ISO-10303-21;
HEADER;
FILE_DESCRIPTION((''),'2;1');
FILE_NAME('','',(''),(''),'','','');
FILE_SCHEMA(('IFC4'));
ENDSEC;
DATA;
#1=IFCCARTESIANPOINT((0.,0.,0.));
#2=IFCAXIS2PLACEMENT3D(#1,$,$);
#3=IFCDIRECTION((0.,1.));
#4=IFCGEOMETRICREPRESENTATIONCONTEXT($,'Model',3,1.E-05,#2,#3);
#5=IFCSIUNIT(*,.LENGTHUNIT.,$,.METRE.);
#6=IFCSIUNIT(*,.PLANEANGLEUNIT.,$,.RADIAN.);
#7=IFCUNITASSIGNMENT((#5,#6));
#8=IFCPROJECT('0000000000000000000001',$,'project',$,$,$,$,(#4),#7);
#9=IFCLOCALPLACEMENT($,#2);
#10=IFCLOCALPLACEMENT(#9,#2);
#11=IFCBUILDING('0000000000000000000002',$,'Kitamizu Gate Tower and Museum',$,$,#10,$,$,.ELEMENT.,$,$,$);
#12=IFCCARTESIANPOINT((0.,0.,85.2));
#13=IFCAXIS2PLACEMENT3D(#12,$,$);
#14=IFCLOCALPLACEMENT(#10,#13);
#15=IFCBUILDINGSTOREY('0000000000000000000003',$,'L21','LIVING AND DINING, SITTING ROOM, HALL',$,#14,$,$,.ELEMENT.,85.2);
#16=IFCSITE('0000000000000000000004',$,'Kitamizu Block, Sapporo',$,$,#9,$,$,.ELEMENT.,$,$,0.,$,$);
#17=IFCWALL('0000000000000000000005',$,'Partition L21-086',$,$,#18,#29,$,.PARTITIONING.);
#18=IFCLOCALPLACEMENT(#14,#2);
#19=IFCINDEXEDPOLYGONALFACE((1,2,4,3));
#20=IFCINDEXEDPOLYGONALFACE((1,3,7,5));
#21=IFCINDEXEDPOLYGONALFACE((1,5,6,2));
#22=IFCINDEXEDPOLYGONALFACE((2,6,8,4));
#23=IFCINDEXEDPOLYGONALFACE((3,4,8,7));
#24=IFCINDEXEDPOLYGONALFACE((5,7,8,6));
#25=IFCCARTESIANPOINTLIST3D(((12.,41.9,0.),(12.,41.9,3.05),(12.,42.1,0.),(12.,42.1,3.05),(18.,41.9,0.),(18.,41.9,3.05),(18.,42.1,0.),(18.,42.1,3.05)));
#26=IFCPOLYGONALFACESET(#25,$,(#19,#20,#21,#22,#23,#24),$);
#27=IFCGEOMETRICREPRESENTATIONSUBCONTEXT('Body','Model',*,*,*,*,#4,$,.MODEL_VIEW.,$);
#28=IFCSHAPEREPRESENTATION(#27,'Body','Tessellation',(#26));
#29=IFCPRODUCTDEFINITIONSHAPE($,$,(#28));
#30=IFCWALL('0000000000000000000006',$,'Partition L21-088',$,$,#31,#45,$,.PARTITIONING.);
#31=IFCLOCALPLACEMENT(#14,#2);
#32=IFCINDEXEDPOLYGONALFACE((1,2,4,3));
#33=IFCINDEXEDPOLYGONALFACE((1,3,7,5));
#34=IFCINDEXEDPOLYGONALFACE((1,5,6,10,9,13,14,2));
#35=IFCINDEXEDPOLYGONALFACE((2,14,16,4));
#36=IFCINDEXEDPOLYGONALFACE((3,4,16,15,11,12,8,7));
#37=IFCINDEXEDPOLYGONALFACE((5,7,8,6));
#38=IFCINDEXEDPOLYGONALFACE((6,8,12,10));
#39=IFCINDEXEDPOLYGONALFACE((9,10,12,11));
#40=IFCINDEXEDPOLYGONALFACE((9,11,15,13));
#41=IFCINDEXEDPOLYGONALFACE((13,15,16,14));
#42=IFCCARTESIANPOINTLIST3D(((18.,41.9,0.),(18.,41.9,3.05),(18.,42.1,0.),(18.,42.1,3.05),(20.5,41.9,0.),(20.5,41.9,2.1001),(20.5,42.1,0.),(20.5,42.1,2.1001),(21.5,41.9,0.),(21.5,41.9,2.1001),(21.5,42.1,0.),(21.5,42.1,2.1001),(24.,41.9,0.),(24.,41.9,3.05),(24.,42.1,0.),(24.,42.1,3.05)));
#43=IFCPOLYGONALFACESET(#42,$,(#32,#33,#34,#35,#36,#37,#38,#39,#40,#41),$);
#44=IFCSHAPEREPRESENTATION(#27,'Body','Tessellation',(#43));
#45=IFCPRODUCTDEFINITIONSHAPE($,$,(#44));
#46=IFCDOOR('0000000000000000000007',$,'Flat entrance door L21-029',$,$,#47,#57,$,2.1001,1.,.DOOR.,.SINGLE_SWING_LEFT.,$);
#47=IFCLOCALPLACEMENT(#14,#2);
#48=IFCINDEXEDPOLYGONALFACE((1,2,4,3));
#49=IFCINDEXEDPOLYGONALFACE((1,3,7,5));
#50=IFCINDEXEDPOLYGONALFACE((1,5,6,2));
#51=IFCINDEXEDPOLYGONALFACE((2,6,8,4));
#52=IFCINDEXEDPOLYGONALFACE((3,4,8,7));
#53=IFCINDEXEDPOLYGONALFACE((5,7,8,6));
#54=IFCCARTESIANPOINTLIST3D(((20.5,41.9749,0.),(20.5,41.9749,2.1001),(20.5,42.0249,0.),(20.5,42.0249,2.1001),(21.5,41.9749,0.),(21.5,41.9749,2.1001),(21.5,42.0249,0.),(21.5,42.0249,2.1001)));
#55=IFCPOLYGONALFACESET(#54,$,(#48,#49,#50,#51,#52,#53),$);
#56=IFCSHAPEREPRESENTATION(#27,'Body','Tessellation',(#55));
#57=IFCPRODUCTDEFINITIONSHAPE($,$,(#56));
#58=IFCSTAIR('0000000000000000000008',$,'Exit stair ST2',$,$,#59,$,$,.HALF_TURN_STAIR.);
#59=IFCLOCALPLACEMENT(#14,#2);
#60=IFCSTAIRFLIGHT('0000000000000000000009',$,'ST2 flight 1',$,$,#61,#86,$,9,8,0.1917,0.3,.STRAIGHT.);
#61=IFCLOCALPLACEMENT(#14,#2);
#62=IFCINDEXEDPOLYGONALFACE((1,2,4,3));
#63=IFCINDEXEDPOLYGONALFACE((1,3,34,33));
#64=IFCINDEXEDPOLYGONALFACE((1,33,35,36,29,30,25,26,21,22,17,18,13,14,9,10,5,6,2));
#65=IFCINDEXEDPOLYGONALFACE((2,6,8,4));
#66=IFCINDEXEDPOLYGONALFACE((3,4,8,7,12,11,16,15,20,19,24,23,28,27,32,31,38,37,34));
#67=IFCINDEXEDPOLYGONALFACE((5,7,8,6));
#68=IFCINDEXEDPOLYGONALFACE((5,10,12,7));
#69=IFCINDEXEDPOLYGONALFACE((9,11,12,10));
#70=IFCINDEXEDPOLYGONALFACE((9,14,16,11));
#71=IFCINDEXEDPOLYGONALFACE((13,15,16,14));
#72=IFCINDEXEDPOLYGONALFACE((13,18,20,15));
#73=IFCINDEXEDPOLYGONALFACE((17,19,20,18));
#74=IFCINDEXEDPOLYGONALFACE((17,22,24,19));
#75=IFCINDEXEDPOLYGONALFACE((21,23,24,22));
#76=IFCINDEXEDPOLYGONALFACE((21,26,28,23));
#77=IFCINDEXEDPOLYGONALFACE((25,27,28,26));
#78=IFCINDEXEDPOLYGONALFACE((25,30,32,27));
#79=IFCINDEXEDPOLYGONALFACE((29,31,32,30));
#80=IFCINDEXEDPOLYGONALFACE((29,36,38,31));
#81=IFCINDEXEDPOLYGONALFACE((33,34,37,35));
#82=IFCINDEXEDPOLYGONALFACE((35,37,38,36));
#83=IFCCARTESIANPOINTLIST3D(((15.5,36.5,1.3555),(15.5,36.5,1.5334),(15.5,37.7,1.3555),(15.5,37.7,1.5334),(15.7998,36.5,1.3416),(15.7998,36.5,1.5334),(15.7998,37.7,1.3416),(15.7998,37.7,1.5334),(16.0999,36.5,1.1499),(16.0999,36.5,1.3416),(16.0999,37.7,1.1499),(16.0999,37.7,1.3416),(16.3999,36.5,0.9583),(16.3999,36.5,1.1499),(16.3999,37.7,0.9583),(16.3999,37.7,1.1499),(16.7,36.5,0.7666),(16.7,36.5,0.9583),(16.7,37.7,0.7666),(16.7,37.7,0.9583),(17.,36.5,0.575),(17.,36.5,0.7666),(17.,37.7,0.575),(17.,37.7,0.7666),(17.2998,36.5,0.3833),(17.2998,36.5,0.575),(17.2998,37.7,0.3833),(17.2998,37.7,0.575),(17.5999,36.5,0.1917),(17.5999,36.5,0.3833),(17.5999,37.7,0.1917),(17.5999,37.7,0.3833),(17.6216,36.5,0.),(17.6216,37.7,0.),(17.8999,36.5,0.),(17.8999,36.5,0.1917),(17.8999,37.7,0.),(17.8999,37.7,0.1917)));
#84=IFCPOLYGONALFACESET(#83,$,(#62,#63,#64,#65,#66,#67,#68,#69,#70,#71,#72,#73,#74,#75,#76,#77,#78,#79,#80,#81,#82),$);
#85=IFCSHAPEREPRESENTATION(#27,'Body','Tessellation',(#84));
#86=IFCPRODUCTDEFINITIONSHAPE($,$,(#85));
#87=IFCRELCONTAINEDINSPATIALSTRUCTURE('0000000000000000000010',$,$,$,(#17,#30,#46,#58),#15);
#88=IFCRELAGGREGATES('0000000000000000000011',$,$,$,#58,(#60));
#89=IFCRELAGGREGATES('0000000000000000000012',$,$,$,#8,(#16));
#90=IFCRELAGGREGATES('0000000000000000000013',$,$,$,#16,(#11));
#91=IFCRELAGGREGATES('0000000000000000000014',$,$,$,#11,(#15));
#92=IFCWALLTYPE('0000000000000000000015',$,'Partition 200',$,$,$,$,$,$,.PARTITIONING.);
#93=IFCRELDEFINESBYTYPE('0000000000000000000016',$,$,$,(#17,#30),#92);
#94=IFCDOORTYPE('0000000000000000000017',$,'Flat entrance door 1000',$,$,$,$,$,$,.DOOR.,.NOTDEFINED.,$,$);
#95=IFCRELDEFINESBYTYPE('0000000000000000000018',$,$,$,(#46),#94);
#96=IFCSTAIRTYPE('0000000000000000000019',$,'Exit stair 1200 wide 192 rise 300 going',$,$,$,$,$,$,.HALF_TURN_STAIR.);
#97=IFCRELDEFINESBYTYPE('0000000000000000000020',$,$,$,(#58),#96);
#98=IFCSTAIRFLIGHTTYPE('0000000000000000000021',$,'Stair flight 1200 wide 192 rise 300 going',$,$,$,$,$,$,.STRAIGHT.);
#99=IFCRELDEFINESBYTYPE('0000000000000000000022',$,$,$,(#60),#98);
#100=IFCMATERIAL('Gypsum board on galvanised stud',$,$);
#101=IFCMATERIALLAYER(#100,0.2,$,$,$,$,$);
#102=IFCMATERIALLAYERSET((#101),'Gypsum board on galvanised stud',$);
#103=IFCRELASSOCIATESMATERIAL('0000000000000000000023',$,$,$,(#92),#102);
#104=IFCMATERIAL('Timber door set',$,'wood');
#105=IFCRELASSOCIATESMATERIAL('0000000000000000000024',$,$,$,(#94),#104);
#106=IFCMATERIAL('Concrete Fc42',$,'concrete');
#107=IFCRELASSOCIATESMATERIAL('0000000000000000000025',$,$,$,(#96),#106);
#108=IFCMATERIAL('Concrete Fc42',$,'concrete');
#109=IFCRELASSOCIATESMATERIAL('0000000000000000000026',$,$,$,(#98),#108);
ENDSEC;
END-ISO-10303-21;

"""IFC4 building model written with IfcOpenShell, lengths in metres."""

from ifc_helpers import new_model, si_unit, direction, frame, frame_2d, origin, place, context, subcontext, project, spatial, polyline, rectangle, outline, extrude, material, layer, layer_set, type_object, element, fill, aggregate, save


model = new_model("IFC4")

# Units and contexts
model_context = context("Model", 3, precision=1e-05, world=origin(), true_north=direction((0.0, 1.0)))
body_context = subcontext(model_context, "Body", "Model", "MODEL_VIEW")
ifc_project = project(units=[si_unit("LENGTHUNIT", "METRE"), si_unit("PLANEANGLEUNIT", "RADIAN")], contexts=[model_context])

# Site, building, storey
site_placement = place(None, origin())
site = spatial("IfcSite", under=ifc_project, at=site_placement, Name="Kitamizu Block, Sapporo", CompositionType="ELEMENT", RefElevation=0.0)
building_placement = place(site_placement, origin())
building = spatial("IfcBuilding", under=site, at=building_placement, Name="Kitamizu Gate Tower and Museum", CompositionType="ELEMENT")
storey_placement = place(building_placement, frame((0.0, 0.0, 85.2)))
storey = spatial("IfcBuildingStorey", under=building, at=storey_placement, Name="L21", Description="LIVING AND DINING, SITTING ROOM, HALL", CompositionType="ELEMENT", Elevation=85.2)

# Wall
ifc_material_1 = material(Name="Gypsum board on galvanised stud")
ifc_layer_1 = layer(ifc_material_1, 0.2)
ifc_layer_set_1 = layer_set([ifc_layer_1], Name="Gypsum board on galvanised stud")
wall_type_1 = type_object("IfcWallType", Name="Partition 200", PredefinedType="PARTITIONING", material=ifc_layer_set_1)
wall_1_placement = place(storey_placement, frame((12.0, 42.0, 0.0), z_axis=(0.0, 0.0, 1.0), x_axis=(1.0, 0.0, 0.0)))
element("IfcWall", 1, at=wall_1_placement, inside=storey, type_object=wall_type_1, Name="Partition L21-086", PredefinedType="PARTITIONING", context=body_context, shape_type="SweptSolid", body=[
    extrude(rectangle(XDim=6.0, YDim=0.2, at=frame_2d((3.0, 0.0))), origin(), (0.0, 0.0, 1.0), 3.05),
])

# Wall, opening, door
wall_2_placement = place(storey_placement, frame((18.0, 42.0, 0.0), z_axis=(0.0, 0.0, 1.0), x_axis=(1.0, 0.0, 0.0)))
wall_2 = element("IfcWall", 2, at=wall_2_placement, inside=storey, type_object=wall_type_1, Name="Partition L21-088", PredefinedType="PARTITIONING", context=body_context, shape_type="SweptSolid", body=[
    extrude(rectangle(XDim=6.0, YDim=0.2, at=frame_2d((3.0, 0.0))), origin(), (0.0, 0.0, 1.0), 3.05),
])
opening_1_placement = place(wall_2_placement, frame((2.5, 0.0, 0.0)))
opening_1 = element("IfcOpeningElement", 3, at=opening_1_placement, cuts=wall_2, PredefinedType="OPENING", context=body_context, shape_type="SweptSolid", body=[
    extrude(rectangle(XDim=1.0, YDim=2.1001, at=frame_2d((0.5, 1.05))), frame((0.0, 0.1099, 0.0), z_axis=(0.0, -1.0, 0.0), x_axis=(1.0, 0.0, 0.0)), (0.0, 0.0, 1.0), 0.22),
])
ifc_material_2 = material(Name="Timber door set", Category="wood")
door_type_1 = type_object("IfcDoorType", Name="Flat entrance door 1000", OperationType="NOTDEFINED", PredefinedType="DOOR", material=ifc_material_2)
door_1_placement = place(opening_1_placement, origin())
door_1 = element("IfcDoor", 4, at=door_1_placement, inside=storey, type_object=door_type_1, Name="Flat entrance door L21-029", OperationType="SINGLE_SWING_LEFT", OverallHeight=2.1001, OverallWidth=1.0, PredefinedType="DOOR", context=body_context, shape_type="SweptSolid", body=[
    extrude(rectangle(XDim=1.0, YDim=2.1001, at=frame_2d((0.5, 1.05))), frame((0.0, 0.0249, 0.0), z_axis=(0.0, -1.0, 0.0), x_axis=(1.0, 0.0, 0.0)), (0.0, 0.0, 1.0), 0.05),
])
fill(opening_1, door_1)

# Stair, stair flight
ifc_material_3 = material(Name="Concrete Fc42", Category="concrete")
stair_type = type_object("IfcStairType", Name="Exit stair 1200 wide 192 rise 300 going", PredefinedType="HALF_TURN_STAIR", material=ifc_material_3)
stair_placement = place(storey_placement, origin())
stair = element("IfcStair", 5, at=stair_placement, inside=storey, type_object=stair_type, Name="Exit stair ST2", PredefinedType="HALF_TURN_STAIR")
ifc_material_4 = material(Name="Concrete Fc42", Category="concrete")
stair_flight_type = type_object("IfcStairFlightType", Name="Stair flight 1200 wide 192 rise 300 going", PredefinedType="STRAIGHT", material=ifc_material_4)
stair_flight_placement = place(storey_placement, frame((17.8999, 37.1001, 0.0), z_axis=(0.0, 0.0, 1.0), x_axis=(-1.0, 0.0, 0.0)))
stair_flight = element("IfcStairFlight", 6, at=stair_flight_placement, type_object=stair_flight_type, Name="ST2 flight 1", NumberOfRisers=9, NumberOfTreads=8, PredefinedType="STRAIGHT", RiserHeight=0.1917, TreadLength=0.3, context=body_context, shape_type="SweptSolid", body=[
    extrude(outline(polyline([(0.0, 0.0), (0.0, 0.1917), (0.3, 0.1917), (0.3, 0.3833), (0.6001, 0.3833), (0.6001, 0.575), (0.8999, 0.575), (0.8999, 0.7666), (1.2, 0.7666), (1.2, 0.9583), (1.5, 0.9583), (1.5, 1.1499), (1.8, 1.1499), (1.8, 1.3416), (2.1001, 1.3416), (2.1001, 1.5334), (2.3999, 1.5334), (2.3999, 1.7251), (2.3999, 1.3555), (0.2783, 0.0), (0.0, 0.0)])), frame((0.0, 0.6001, 0.0), z_axis=(0.0, -1.0, 0.0), x_axis=(1.0, 0.0, 0.0)), (0.0, 0.0, 1.0), 1.2),
])
aggregate(stair, [stair_flight])

save(model, "model.ifc")
